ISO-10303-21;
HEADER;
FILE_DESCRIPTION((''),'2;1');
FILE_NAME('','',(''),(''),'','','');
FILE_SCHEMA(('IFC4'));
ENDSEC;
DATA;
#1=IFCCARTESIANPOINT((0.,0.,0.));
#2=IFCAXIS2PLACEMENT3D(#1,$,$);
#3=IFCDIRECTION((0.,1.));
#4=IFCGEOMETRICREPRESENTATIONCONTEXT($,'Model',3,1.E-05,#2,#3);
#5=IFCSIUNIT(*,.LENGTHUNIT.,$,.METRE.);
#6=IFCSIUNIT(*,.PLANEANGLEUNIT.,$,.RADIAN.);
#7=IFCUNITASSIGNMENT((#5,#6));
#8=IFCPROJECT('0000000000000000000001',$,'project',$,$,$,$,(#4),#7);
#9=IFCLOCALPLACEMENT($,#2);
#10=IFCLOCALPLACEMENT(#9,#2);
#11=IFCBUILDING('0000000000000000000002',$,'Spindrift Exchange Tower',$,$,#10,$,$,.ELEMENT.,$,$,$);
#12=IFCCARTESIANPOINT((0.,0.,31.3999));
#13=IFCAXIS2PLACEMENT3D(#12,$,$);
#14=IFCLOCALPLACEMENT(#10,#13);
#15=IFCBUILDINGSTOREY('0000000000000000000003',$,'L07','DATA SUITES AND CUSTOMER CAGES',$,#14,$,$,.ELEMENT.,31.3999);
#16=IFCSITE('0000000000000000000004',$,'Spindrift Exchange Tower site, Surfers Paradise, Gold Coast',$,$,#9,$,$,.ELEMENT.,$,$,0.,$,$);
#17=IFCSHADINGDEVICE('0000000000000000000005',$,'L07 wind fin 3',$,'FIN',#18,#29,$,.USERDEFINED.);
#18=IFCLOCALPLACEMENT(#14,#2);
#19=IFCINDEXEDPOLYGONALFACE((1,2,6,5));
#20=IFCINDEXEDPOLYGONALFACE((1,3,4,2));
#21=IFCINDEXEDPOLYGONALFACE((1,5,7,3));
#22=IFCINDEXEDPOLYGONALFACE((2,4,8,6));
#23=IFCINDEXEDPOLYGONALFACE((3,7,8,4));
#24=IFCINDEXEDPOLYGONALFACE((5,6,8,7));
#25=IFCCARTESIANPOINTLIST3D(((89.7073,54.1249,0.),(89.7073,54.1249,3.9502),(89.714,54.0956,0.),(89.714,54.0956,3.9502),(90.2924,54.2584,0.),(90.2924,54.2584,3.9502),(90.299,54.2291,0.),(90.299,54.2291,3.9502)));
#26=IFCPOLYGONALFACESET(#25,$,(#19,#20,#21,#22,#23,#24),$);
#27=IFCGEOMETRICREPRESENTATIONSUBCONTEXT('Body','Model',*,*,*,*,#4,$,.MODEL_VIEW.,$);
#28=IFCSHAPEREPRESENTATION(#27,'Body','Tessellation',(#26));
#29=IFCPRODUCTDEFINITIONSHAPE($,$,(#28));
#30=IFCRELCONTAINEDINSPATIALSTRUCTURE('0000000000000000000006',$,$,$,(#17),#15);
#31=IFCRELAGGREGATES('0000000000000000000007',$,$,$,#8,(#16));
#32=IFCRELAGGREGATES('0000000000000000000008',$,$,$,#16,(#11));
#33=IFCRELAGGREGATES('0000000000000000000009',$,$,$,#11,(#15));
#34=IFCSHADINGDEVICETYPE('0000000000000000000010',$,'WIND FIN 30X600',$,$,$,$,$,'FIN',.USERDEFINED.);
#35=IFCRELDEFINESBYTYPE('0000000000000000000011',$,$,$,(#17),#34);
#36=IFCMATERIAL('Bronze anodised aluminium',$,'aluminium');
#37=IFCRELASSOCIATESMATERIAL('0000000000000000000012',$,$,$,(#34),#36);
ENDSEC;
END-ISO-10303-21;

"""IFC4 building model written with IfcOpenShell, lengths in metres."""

from ifc_helpers import new_model, si_unit, direction, frame, origin, origin_2d, place, context, subcontext, project, spatial, rectangle, extrude, source, transform, mapped, material, material_profile, profile_set, type_object, element, save


model = new_model("IFC4")

# Units and contexts
model_context = context("Model", 3, precision=1e-05, world=origin(), true_north=direction((0.0, 1.0)))
body_context = subcontext(model_context, "Body", "Model", "MODEL_VIEW")
ifc_project = project(units=[si_unit("LENGTHUNIT", "METRE"), si_unit("PLANEANGLEUNIT", "RADIAN")], contexts=[model_context])

# Site, building, storey
site_placement = place(None, origin())
site = spatial("IfcSite", under=ifc_project, at=site_placement, Name="Spindrift Exchange Tower site, Surfers Paradise, Gold Coast", CompositionType="ELEMENT", RefElevation=0.0)
building_placement = place(site_placement, origin())
building = spatial("IfcBuilding", under=site, at=building_placement, Name="Spindrift Exchange Tower", CompositionType="ELEMENT")
storey_placement = place(building_placement, frame((0.0, 0.0, 31.3999)))
storey = spatial("IfcBuildingStorey", under=building, at=storey_placement, Name="L07", Description="DATA SUITES AND CUSTOMER CAGES", CompositionType="ELEMENT", Elevation=31.3999)

# Shared definitions
ifc_material_1 = material(Name="Bronze anodised aluminium", Category="aluminium")

# Shading device
ifc_material_profile_1 = material_profile(ifc_material_1, rectangle(XDim=0.03, YDim=0.6001, at=origin_2d()), Name="WIND FIN 30X600")
ifc_profile_set_1 = profile_set([ifc_material_profile_1], Name="Bronze anodised aluminium")
shading_device_type = type_object("IfcShadingDeviceType", Name="WIND FIN 30X600", ElementType="FIN", PredefinedType="USERDEFINED", material=ifc_profile_set_1)
shared_shape_1 = source(origin(), body_context, "Body", "SweptSolid", [
    extrude(rectangle(XDim=0.03, YDim=0.6001, at=origin_2d()), origin(), (0.0, 0.0, 1.0), 3.9502),
])
for number, where, z_axis, x_axis, name in (
    (1, (90.0032, 54.177, 0.0), (0.0, 0.0, 1.0), (-0.222454, 0.974943, 0.0), "L07 wind fin 3"),
):
    element("IfcShadingDevice", number, at=place(storey_placement, frame(where, z_axis=z_axis, x_axis=x_axis)), inside=storey, type_object=shading_device_type, Name=name, ObjectType="FIN", PredefinedType="USERDEFINED", context=body_context, shape_type="MappedRepresentation", body=[
        mapped(shared_shape_1, transform((0.0, 0.0, 0.0), scale=1.0)),
    ])

save(model, "model.ifc")
